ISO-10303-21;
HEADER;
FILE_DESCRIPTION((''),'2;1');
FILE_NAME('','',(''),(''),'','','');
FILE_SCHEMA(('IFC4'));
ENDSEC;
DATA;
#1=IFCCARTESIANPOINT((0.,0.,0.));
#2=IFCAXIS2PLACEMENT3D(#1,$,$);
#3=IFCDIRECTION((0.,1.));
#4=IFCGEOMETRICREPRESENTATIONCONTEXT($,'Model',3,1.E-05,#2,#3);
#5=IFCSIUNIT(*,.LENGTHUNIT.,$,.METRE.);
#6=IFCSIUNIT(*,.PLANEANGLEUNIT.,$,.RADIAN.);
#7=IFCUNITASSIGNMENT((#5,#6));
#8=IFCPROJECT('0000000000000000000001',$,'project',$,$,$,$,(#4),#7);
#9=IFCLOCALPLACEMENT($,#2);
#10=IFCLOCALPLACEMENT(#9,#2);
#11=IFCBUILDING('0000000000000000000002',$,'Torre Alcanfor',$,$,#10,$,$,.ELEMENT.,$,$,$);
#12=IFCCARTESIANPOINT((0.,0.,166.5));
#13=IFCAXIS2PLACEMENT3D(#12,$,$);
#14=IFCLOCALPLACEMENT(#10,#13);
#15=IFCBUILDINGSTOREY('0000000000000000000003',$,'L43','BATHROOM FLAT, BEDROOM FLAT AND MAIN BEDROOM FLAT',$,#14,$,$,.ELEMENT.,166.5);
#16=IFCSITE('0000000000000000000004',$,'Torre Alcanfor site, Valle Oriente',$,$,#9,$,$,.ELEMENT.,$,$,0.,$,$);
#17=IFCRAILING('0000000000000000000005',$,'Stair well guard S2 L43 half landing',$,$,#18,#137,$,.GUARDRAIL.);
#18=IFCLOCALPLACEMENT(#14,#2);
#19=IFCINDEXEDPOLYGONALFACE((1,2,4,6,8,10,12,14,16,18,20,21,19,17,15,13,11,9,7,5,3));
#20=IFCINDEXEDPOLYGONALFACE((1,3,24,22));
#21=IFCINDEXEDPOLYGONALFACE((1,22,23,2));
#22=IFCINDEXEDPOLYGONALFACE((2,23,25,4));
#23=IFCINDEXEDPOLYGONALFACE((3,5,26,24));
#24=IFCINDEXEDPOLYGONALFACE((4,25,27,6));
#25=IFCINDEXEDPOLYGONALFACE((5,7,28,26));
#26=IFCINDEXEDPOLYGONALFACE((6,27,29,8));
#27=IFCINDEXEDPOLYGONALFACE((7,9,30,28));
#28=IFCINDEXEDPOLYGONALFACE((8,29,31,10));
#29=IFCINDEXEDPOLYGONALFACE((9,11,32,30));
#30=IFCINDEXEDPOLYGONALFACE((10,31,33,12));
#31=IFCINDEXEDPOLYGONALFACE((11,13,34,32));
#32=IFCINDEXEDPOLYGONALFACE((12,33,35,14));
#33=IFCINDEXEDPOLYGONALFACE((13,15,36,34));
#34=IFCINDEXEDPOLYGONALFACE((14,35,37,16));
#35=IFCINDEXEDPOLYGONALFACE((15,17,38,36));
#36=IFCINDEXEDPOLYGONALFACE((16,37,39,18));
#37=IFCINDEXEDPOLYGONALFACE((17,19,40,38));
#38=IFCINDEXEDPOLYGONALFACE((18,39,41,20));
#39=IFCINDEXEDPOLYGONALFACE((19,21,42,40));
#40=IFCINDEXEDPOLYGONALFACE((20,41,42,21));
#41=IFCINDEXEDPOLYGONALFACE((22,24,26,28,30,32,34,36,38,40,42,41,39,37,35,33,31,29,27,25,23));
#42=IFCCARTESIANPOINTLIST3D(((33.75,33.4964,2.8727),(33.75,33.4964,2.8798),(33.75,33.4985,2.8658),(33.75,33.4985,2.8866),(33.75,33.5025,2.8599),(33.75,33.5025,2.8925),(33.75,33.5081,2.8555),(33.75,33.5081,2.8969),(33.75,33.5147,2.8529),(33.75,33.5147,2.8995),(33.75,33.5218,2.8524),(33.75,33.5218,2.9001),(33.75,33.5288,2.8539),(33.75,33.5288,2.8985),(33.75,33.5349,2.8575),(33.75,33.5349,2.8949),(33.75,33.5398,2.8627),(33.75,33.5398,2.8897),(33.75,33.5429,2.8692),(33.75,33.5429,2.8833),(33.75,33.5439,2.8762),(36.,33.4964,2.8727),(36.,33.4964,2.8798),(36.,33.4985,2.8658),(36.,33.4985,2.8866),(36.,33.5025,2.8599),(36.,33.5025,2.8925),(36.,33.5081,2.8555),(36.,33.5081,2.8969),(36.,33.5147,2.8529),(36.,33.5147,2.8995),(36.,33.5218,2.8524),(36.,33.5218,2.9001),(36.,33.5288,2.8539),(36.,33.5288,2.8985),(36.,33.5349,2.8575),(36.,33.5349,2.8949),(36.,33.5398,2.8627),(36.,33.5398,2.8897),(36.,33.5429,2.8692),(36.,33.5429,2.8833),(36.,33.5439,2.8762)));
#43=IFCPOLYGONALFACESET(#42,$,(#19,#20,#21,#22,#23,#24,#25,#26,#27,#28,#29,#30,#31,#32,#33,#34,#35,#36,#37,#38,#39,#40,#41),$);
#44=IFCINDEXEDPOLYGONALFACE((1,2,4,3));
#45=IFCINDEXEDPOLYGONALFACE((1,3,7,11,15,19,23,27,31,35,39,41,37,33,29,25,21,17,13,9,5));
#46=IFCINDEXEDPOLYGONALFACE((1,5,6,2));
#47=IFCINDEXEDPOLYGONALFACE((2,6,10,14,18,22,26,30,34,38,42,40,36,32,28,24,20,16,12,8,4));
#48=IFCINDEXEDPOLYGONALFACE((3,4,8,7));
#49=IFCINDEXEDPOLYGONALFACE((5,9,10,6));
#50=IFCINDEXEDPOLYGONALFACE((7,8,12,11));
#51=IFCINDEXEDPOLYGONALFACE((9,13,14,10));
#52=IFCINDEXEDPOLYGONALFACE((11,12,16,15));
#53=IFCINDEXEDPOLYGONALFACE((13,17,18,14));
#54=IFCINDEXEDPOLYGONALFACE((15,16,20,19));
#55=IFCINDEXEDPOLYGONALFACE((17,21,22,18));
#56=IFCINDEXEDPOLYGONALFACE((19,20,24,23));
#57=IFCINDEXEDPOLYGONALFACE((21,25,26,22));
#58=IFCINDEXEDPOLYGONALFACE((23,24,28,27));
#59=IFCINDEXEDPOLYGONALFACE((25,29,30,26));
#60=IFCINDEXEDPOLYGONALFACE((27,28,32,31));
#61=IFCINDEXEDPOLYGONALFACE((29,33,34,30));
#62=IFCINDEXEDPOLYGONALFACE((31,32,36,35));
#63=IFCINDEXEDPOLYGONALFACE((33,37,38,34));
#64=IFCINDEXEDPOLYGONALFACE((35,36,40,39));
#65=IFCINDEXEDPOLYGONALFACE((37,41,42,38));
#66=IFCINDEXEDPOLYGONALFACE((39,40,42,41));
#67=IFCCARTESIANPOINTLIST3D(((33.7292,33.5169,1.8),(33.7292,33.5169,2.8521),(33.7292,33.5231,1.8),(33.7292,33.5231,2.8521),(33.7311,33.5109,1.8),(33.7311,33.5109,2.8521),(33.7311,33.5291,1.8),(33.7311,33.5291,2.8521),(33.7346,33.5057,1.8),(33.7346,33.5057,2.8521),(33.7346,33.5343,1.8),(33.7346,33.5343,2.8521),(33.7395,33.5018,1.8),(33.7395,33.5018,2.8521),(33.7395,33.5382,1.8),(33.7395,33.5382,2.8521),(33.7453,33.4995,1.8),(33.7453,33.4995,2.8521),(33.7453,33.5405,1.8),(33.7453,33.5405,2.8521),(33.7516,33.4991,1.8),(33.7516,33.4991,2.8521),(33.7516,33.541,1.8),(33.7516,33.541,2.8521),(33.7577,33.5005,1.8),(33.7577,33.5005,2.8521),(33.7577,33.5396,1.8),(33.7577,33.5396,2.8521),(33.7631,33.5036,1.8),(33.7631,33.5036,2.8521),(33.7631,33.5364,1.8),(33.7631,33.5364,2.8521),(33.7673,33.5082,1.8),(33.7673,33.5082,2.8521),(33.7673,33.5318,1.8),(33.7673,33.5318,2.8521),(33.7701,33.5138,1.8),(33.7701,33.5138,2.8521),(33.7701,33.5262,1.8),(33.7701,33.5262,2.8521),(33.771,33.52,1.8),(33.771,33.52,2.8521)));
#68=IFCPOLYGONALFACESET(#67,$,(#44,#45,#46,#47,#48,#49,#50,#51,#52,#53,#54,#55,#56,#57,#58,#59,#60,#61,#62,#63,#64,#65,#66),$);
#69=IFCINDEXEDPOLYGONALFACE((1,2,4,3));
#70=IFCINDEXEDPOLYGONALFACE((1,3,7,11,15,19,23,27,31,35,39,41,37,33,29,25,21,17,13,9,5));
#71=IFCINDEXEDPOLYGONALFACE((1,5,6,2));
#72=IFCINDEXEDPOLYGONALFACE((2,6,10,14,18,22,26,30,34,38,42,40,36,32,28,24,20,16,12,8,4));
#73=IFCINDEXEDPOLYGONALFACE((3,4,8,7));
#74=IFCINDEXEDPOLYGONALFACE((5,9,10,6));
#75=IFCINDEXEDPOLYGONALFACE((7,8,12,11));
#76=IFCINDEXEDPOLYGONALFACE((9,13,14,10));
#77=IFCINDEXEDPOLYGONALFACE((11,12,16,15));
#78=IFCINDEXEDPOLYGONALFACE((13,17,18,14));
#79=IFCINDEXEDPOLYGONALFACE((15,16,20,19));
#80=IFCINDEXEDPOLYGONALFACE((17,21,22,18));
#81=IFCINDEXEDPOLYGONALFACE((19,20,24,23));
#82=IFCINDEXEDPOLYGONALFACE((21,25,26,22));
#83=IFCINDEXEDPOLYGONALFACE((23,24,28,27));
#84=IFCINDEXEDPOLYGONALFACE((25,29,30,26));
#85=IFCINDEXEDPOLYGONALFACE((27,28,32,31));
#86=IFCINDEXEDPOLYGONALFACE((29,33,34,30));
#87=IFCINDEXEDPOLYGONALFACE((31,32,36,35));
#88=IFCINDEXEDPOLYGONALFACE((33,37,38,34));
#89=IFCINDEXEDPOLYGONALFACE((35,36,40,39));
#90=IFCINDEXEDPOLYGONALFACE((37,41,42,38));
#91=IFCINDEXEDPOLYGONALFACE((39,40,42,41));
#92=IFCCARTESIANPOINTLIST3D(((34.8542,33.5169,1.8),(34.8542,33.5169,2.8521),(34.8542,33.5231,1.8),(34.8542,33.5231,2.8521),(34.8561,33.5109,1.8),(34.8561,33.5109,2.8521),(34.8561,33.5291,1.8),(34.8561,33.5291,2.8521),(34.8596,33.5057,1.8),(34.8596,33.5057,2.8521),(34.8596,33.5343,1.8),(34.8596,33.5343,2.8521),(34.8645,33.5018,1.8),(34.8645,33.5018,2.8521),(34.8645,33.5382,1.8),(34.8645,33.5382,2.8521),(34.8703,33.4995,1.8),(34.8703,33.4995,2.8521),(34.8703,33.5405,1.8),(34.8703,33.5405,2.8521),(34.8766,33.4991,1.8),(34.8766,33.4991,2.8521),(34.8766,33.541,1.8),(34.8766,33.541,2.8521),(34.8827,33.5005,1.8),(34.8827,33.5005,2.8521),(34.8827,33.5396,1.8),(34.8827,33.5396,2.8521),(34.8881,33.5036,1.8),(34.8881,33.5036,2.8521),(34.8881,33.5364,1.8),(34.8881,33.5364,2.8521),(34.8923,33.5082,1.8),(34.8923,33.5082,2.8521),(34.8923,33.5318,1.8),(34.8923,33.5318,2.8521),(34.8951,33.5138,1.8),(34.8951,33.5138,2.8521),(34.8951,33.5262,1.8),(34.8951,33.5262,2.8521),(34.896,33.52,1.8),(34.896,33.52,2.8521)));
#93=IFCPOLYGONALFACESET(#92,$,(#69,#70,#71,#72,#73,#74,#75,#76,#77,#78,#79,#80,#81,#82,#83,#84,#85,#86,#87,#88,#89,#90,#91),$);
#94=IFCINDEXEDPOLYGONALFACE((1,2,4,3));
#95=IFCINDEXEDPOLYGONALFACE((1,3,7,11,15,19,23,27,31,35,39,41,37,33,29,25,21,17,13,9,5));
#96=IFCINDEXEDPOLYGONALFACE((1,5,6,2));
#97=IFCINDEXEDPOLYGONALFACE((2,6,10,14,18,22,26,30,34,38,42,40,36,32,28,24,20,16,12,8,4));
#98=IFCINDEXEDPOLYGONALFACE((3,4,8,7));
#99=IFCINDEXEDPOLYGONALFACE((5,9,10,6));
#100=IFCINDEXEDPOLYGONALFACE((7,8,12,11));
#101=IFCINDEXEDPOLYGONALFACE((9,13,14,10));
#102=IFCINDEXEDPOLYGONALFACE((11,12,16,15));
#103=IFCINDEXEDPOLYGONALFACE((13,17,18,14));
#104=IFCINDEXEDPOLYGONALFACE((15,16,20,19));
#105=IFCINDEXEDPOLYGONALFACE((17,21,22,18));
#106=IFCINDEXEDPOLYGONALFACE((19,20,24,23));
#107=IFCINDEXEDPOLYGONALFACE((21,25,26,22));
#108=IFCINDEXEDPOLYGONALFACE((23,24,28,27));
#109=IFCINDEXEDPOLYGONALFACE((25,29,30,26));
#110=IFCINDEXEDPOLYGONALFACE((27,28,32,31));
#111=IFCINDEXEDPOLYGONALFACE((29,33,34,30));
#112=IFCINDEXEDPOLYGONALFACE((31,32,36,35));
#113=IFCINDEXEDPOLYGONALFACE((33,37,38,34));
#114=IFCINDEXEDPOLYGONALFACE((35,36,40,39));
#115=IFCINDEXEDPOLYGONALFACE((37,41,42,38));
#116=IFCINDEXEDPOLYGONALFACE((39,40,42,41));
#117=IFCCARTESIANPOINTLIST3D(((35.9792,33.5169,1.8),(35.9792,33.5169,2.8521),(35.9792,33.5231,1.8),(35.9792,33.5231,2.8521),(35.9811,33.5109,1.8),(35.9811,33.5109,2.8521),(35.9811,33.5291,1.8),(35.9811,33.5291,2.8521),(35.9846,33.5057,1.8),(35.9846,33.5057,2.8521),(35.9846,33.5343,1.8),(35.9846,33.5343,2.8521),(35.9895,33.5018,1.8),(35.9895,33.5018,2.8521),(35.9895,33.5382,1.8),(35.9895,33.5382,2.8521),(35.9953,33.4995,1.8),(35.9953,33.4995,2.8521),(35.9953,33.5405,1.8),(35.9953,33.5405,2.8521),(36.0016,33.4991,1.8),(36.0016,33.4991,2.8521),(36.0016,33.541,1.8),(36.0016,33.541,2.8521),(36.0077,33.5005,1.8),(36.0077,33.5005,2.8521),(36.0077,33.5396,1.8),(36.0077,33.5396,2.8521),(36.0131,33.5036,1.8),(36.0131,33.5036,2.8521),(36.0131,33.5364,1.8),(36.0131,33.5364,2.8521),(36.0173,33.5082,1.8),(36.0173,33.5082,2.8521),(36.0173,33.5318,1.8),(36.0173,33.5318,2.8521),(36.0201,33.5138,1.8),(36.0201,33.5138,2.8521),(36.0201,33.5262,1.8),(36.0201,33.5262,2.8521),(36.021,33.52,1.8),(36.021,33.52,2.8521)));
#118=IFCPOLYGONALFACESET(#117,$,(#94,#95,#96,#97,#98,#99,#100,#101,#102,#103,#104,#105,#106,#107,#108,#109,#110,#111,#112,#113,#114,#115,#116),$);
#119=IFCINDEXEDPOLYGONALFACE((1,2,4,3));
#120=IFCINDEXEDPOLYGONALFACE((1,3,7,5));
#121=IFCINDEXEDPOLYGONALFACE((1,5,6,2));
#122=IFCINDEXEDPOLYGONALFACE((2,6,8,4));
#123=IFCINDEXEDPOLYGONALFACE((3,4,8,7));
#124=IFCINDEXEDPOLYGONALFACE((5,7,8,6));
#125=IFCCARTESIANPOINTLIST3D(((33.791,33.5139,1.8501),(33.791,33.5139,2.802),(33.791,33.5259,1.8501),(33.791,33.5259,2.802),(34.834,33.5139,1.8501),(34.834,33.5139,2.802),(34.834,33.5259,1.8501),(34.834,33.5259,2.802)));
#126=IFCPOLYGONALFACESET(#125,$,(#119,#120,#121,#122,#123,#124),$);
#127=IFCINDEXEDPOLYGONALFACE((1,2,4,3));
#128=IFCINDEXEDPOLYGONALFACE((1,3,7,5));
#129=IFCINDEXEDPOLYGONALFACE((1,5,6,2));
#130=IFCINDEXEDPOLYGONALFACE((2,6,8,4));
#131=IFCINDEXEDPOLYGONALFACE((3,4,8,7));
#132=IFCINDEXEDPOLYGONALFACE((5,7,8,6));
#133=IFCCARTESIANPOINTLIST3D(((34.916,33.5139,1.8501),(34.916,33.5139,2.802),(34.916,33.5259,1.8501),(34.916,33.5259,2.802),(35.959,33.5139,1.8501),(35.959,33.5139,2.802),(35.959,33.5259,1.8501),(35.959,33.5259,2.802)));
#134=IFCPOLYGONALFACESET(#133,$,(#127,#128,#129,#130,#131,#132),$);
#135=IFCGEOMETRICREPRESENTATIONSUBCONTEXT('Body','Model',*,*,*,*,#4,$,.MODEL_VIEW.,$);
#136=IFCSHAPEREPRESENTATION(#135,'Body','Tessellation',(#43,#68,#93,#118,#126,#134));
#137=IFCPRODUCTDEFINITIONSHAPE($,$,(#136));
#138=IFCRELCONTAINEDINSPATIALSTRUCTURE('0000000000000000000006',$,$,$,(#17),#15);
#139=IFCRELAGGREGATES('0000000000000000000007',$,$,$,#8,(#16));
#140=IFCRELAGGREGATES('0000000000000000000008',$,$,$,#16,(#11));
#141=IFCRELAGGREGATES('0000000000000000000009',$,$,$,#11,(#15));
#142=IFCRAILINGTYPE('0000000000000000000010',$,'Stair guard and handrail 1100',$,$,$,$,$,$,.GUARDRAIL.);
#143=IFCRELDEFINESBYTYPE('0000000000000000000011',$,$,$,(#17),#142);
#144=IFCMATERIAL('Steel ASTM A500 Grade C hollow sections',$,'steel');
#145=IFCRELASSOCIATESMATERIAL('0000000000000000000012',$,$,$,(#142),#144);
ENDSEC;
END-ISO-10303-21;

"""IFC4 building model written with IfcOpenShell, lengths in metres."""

from ifc_helpers import new_model, si_unit, direction, frame, origin, origin_2d, place, context, subcontext, project, spatial, polyline, circle, outline, extrude, material, type_object, element, save


model = new_model("IFC4")

# Units and contexts
model_context = context("Model", 3, precision=1e-05, world=origin(), true_north=direction((0.0, 1.0)))
body_context = subcontext(model_context, "Body", "Model", "MODEL_VIEW")
ifc_project = project(units=[si_unit("LENGTHUNIT", "METRE"), si_unit("PLANEANGLEUNIT", "RADIAN")], contexts=[model_context])

# Site, building, storey
site_placement = place(None, origin())
site = spatial("IfcSite", under=ifc_project, at=site_placement, Name="Torre Alcanfor site, Valle Oriente", CompositionType="ELEMENT", RefElevation=0.0)
building_placement = place(site_placement, origin())
building = spatial("IfcBuilding", under=site, at=building_placement, Name="Torre Alcanfor", CompositionType="ELEMENT")
storey_placement = place(building_placement, frame((0.0, 0.0, 166.5)))
storey = spatial("IfcBuildingStorey", under=building, at=storey_placement, Name="L43", Description="BATHROOM FLAT, BEDROOM FLAT AND MAIN BEDROOM FLAT", CompositionType="ELEMENT", Elevation=166.5)

# Railing
ifc_material_1 = material(Name="Steel ASTM A500 Grade C hollow sections", Category="steel")
railing_type_1 = type_object("IfcRailingType", Name="Stair guard and handrail 1100", PredefinedType="GUARDRAIL", material=ifc_material_1)
for number, where, name in (
    (1, (33.75, 33.52, 1.8), "Stair well guard S2 L43 half landing"),
):
    element("IfcRailing", number, at=place(storey_placement, frame(where)), inside=storey, type_object=railing_type_1, Name=name, PredefinedType="GUARDRAIL", context=body_context, shape_type="SweptSolid", body=[
        extrude(circle(Radius=0.0239, at=origin_2d()), frame((0.0, 0.0, 1.0762), z_axis=(1.0, 0.0, 0.0), x_axis=(0.0, 1.0, 0.0)), (0.0, 0.0, 1.0), 2.25),
        extrude(circle(Radius=0.021, at=origin_2d()), origin(), (0.0, 0.0, 1.0), 1.052),
        extrude(circle(Radius=0.021, at=origin_2d()), frame((1.125, 0.0, 0.0)), (0.0, 0.0, 1.0), 1.052),
        extrude(circle(Radius=0.021, at=origin_2d()), frame((2.25, 0.0, 0.0)), (0.0, 0.0, 1.0), 1.052),
        extrude(outline(polyline([(0.041, 0.05), (1.084, 0.05), (1.084, 1.002), (0.041, 1.002), (0.041, 0.05)])), frame((0.0, 0.0059, 0.0), z_axis=(0.0, -1.0, 0.0), x_axis=(1.0, 0.0, 0.0)), (0.0, 0.0, 1.0), 0.012),
        extrude(outline(polyline([(1.166, 0.05), (2.209, 0.05), (2.209, 1.002), (1.166, 1.002), (1.166, 0.05)])), frame((0.0, 0.0059, 0.0), z_axis=(0.0, -1.0, 0.0), x_axis=(1.0, 0.0, 0.0)), (0.0, 0.0, 1.0), 0.012),
    ])

save(model, "model.ifc")
